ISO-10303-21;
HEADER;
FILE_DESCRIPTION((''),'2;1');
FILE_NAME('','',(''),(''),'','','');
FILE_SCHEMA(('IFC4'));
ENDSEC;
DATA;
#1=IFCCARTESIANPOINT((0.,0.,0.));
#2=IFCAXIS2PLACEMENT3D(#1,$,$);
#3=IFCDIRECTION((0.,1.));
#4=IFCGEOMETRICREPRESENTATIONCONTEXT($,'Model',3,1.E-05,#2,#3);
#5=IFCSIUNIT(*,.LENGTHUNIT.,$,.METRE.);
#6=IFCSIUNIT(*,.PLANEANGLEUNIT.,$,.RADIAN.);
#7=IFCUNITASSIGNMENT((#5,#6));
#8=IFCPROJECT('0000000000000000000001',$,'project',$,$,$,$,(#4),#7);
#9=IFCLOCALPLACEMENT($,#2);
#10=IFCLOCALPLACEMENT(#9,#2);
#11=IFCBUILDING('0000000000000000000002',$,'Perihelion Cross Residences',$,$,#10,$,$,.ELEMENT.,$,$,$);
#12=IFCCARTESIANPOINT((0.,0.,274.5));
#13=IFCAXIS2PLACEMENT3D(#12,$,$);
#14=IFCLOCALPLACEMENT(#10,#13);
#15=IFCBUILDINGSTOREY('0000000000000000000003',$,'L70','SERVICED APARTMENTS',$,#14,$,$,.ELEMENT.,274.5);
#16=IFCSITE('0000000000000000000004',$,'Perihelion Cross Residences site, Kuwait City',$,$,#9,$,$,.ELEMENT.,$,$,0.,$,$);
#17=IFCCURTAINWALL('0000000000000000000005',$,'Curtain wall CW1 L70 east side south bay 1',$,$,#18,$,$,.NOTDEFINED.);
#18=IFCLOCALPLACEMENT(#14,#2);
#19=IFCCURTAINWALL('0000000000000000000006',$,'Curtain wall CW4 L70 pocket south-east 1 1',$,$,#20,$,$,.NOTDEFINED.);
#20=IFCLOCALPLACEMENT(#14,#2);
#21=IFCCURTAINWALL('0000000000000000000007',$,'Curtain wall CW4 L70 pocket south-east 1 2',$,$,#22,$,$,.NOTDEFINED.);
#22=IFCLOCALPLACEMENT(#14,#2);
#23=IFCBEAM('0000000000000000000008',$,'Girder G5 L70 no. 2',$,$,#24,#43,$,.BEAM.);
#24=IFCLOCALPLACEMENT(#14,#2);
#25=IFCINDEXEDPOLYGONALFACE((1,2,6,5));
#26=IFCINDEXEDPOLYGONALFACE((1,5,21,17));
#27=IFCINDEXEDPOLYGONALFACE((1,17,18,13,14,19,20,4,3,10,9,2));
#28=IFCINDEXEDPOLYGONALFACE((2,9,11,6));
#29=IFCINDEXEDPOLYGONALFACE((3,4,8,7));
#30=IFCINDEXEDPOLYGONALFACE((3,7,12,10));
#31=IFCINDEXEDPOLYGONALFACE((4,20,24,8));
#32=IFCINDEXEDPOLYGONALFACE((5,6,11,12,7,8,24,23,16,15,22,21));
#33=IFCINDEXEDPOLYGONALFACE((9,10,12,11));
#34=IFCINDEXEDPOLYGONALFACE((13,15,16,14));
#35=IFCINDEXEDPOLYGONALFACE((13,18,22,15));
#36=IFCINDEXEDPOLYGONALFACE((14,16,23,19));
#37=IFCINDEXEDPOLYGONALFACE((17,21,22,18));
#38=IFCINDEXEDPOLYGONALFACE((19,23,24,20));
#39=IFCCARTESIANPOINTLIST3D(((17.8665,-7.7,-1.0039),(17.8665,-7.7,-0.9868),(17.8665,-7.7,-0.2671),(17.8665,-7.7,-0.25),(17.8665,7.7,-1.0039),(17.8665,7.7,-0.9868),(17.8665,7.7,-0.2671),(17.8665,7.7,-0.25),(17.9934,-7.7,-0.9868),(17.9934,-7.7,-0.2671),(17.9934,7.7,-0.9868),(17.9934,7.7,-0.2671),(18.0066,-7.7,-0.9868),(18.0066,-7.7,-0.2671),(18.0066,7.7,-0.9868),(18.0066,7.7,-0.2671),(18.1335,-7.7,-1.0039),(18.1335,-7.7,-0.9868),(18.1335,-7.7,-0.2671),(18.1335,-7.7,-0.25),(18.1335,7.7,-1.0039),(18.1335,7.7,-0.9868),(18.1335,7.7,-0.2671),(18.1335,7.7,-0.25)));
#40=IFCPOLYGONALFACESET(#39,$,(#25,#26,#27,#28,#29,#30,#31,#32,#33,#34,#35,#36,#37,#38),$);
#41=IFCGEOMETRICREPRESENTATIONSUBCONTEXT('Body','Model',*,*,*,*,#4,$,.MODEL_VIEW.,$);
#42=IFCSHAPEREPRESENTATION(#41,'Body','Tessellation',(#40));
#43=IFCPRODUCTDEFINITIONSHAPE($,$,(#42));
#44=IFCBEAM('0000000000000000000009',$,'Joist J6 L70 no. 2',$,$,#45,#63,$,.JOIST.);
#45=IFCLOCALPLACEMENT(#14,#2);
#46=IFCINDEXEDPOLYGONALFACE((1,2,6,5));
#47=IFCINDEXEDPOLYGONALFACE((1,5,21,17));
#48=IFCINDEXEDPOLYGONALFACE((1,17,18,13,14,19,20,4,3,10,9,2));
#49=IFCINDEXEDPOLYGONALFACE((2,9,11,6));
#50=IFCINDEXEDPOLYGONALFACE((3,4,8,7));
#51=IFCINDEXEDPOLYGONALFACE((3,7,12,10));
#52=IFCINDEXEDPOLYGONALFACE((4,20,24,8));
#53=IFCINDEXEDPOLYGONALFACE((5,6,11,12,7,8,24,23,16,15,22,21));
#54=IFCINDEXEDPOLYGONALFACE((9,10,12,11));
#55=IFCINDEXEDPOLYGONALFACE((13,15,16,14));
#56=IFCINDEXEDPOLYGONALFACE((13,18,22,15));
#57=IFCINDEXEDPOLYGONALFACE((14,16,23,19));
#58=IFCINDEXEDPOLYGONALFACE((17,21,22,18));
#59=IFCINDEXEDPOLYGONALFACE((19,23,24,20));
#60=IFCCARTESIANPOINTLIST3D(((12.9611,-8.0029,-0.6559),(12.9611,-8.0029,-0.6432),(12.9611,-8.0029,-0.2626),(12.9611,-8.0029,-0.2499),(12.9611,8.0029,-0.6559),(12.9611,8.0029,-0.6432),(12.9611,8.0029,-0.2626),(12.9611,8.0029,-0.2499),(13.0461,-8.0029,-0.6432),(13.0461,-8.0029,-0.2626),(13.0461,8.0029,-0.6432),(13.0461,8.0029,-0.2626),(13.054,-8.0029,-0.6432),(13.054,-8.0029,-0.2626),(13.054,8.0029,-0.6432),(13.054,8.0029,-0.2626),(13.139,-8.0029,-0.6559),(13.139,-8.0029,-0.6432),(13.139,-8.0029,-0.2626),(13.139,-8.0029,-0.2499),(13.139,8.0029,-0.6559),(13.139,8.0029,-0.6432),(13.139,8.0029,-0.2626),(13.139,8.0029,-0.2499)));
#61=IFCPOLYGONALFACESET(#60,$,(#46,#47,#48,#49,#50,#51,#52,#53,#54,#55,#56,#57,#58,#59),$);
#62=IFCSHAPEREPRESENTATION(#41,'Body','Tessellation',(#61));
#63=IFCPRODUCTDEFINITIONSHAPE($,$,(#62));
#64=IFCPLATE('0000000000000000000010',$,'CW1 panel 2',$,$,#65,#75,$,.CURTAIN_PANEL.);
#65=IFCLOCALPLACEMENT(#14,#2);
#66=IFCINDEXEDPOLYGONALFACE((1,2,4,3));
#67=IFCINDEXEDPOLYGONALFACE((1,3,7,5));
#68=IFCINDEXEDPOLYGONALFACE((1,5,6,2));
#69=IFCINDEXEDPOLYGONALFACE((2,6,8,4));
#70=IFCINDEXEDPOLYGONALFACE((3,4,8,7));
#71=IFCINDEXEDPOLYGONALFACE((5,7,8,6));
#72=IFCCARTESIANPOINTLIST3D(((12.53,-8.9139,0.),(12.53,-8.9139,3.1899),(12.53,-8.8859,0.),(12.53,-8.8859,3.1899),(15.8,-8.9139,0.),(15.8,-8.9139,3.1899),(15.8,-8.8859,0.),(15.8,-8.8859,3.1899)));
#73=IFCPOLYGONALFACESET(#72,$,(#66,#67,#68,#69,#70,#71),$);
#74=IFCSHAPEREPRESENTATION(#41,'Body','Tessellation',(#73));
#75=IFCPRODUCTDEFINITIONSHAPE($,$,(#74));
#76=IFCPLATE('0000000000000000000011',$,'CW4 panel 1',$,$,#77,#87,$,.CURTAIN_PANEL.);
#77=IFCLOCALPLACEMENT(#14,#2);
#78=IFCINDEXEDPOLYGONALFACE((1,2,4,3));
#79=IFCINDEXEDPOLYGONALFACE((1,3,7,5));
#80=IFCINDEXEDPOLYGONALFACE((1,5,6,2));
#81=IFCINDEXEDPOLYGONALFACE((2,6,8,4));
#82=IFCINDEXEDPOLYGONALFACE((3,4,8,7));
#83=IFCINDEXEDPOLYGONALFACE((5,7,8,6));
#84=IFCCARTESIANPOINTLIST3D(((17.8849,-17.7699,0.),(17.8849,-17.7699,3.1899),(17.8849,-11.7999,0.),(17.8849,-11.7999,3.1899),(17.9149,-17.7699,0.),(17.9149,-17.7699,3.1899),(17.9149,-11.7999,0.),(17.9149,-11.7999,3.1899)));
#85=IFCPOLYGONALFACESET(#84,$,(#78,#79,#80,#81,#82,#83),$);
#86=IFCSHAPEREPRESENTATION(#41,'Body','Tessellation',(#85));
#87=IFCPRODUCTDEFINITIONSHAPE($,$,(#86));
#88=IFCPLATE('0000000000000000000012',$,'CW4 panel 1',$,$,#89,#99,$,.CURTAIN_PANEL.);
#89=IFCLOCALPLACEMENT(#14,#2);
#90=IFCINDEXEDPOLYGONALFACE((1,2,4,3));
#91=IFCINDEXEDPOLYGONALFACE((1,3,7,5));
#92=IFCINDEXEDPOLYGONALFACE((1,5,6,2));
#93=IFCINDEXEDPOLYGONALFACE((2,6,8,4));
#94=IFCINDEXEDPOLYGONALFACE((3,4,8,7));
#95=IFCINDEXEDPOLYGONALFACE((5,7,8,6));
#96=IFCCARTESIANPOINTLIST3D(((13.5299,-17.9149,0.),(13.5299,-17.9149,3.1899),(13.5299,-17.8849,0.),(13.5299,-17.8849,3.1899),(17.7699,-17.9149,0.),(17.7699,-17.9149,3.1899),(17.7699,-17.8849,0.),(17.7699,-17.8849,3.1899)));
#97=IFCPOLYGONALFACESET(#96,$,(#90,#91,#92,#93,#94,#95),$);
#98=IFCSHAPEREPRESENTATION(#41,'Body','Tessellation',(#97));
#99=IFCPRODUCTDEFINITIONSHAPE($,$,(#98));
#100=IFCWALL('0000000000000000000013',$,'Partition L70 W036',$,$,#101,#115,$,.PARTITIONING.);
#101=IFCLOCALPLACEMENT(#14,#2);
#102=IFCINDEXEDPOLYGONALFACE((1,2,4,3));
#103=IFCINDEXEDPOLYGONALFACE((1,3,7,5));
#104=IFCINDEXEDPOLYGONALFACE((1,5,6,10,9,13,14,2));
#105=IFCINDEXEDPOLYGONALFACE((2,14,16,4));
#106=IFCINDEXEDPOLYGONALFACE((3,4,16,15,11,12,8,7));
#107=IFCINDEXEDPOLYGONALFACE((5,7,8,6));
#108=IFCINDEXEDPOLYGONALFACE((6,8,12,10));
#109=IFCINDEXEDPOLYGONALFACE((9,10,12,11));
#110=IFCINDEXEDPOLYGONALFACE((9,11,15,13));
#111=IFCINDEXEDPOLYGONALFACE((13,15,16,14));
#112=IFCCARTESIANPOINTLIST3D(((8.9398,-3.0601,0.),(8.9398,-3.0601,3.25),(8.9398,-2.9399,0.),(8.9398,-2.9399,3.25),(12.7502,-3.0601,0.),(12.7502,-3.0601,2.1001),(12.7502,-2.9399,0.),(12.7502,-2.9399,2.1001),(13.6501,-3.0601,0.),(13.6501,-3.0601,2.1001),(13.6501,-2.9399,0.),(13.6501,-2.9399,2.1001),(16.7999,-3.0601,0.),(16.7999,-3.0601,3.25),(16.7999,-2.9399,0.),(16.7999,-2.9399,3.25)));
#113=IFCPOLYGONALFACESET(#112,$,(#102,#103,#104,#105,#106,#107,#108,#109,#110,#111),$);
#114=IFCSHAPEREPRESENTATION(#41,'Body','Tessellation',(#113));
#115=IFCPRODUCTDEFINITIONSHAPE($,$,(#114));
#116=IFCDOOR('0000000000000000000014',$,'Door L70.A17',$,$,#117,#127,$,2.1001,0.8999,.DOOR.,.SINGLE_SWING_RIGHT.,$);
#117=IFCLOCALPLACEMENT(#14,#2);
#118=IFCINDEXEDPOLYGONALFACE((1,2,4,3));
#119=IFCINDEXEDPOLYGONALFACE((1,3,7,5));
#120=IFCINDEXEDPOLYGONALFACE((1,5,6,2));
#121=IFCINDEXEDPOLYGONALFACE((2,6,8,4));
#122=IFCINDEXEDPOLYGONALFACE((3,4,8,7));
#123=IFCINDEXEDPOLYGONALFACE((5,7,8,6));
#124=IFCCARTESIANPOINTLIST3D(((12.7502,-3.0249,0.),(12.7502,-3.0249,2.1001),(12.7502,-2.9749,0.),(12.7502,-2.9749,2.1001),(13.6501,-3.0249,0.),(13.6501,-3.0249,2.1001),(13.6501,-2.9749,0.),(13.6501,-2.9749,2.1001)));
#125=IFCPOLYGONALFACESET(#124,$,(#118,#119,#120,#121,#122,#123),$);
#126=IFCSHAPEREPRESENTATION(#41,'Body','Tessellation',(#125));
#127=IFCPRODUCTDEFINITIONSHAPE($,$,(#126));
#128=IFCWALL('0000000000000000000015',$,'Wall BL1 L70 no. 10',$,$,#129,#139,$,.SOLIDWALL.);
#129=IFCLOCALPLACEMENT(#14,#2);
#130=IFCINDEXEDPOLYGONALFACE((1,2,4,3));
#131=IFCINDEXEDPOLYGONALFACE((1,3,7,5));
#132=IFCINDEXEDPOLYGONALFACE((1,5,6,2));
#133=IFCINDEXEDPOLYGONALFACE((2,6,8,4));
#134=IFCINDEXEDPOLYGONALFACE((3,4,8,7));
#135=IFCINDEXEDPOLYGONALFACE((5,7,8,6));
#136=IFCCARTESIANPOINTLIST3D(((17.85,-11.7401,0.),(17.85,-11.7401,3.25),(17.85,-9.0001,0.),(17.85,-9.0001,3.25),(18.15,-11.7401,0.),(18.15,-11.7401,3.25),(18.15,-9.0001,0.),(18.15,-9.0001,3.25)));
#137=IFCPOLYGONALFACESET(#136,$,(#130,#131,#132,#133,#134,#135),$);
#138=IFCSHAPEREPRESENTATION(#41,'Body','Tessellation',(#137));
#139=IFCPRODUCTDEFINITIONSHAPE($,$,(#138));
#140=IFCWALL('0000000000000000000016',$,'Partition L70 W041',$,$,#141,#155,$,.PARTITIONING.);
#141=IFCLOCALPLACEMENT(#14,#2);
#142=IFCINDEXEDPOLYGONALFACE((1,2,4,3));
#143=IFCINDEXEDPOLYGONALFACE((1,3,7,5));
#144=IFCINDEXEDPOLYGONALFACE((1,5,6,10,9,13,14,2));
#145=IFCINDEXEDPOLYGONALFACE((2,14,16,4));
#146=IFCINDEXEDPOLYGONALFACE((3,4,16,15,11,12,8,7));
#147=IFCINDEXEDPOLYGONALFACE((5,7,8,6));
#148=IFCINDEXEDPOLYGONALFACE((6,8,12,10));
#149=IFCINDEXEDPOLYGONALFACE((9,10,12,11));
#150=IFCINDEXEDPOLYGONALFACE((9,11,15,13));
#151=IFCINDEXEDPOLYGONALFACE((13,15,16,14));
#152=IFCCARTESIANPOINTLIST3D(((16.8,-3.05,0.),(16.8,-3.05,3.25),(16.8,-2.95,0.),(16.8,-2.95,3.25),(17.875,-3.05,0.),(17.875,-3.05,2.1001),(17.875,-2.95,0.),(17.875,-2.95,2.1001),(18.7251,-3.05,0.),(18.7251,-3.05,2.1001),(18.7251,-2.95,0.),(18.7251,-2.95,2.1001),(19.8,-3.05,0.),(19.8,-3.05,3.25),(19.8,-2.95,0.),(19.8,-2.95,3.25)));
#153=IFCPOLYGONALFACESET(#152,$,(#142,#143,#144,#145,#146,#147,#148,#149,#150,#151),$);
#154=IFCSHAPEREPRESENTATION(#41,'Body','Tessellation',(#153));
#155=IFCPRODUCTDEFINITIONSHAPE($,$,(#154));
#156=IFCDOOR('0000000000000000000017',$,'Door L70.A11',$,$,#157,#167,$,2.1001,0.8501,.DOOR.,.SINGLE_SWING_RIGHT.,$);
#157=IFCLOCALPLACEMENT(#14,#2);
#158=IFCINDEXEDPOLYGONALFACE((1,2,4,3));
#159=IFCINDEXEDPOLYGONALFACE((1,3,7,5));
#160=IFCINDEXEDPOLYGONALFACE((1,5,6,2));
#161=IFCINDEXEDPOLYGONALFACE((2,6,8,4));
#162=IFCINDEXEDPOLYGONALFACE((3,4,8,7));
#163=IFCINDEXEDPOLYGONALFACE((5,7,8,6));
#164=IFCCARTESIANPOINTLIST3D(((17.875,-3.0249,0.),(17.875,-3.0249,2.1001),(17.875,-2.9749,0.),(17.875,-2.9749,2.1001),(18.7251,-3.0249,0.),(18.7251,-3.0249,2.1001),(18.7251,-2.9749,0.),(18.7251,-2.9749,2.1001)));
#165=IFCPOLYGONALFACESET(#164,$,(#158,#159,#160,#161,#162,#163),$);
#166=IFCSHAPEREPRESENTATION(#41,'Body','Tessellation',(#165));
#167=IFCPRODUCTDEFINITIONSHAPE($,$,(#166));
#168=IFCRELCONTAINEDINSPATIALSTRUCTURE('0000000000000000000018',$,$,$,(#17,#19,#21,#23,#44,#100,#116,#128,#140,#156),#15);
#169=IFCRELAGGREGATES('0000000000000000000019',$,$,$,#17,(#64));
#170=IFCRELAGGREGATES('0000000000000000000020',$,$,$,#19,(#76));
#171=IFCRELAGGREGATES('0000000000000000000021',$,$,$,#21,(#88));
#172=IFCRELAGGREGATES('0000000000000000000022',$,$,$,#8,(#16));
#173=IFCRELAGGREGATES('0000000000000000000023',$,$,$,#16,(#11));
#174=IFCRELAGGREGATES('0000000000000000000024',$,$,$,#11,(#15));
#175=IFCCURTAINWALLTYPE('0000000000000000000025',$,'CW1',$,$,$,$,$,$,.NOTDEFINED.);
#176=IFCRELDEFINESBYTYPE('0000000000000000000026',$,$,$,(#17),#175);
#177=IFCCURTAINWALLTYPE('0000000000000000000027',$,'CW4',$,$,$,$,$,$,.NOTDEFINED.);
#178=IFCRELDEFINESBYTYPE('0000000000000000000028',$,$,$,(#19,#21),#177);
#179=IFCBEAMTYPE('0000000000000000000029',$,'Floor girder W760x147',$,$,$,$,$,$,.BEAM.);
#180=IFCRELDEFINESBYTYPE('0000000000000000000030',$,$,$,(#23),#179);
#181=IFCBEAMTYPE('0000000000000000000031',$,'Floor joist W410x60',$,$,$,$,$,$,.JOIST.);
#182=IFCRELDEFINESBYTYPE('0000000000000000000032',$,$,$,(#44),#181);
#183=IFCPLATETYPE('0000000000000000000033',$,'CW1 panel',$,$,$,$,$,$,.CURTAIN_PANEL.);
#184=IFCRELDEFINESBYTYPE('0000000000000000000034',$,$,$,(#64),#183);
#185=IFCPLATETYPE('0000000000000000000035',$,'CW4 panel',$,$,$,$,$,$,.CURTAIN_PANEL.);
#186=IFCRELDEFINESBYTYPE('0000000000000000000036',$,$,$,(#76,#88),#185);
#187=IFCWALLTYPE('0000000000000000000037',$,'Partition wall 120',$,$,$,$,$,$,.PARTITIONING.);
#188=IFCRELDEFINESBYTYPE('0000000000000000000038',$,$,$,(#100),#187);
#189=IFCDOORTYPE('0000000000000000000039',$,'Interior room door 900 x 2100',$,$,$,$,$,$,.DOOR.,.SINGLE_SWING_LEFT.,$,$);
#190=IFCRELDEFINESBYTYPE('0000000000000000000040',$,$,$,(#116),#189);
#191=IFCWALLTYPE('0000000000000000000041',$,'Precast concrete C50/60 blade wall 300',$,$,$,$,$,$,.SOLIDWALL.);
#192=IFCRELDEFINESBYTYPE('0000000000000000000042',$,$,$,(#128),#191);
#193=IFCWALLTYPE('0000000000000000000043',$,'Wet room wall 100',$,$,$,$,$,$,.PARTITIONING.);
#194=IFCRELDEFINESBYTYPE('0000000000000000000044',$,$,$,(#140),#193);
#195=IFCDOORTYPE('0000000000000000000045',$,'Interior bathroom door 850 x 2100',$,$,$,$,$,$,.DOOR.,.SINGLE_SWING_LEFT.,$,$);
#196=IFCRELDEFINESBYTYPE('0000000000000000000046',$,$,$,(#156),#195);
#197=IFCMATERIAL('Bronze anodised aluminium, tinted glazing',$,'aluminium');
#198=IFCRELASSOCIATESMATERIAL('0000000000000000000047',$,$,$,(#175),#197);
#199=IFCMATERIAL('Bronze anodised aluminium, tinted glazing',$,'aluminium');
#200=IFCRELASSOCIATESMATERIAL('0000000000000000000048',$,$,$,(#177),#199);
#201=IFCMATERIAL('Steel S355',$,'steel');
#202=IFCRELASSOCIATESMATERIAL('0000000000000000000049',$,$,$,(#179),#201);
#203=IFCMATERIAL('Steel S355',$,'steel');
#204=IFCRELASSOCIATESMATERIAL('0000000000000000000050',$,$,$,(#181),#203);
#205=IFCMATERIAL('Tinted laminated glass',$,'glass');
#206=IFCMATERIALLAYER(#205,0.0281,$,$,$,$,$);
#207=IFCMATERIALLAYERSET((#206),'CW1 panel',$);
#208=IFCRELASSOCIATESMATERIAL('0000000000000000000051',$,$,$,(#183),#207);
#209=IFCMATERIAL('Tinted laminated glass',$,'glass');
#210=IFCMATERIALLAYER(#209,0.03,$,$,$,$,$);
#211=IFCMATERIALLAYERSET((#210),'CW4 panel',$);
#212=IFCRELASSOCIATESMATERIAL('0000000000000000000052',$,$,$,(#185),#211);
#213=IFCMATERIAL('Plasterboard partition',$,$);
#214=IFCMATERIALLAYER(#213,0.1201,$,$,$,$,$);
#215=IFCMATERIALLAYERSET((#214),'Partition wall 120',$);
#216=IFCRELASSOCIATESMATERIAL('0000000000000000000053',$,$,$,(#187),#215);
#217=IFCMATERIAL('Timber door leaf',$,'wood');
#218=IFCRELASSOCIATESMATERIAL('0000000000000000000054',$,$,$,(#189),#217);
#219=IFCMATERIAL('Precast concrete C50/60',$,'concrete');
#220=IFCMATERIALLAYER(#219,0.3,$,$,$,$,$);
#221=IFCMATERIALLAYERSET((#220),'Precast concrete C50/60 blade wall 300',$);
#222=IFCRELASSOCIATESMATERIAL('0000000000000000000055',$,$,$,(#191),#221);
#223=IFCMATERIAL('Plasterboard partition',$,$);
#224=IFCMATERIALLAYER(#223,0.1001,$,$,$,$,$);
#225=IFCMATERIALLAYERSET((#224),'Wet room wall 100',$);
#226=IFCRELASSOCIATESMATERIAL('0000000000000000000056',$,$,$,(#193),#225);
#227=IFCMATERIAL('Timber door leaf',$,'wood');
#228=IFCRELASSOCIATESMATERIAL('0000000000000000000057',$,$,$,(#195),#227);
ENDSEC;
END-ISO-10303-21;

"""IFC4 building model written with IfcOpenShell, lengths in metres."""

from ifc_helpers import new_model, si_unit, direction, frame, frame_2d, origin, origin_2d, place, context, subcontext, project, spatial, rectangle, i_section, extrude, material, layer, layer_set, material_profile, profile_set, type_object, element, fill, aggregate, save


model = new_model("IFC4")

# Units and contexts
model_context = context("Model", 3, precision=1e-05, world=origin(), true_north=direction((0.0, 1.0)))
body_context = subcontext(model_context, "Body", "Model", "MODEL_VIEW")
ifc_project = project(units=[si_unit("LENGTHUNIT", "METRE"), si_unit("PLANEANGLEUNIT", "RADIAN")], contexts=[model_context])

# Site, building, storey
site_placement = place(None, origin())
site = spatial("IfcSite", under=ifc_project, at=site_placement, Name="Perihelion Cross Residences site, Kuwait City", CompositionType="ELEMENT", RefElevation=0.0)
building_placement = place(site_placement, origin())
building = spatial("IfcBuilding", under=site, at=building_placement, Name="Perihelion Cross Residences", CompositionType="ELEMENT")
storey_placement = place(building_placement, frame((0.0, 0.0, 274.5)))
storey = spatial("IfcBuildingStorey", under=building, at=storey_placement, Name="L70", Description="SERVICED APARTMENTS", CompositionType="ELEMENT", Elevation=274.5)

# Curtain wall
ifc_material_1 = material(Name="Bronze anodised aluminium, tinted glazing", Category="aluminium")
curtain_wall_type_1 = type_object("IfcCurtainWallType", Name="CW1", PredefinedType="NOTDEFINED", material=ifc_material_1)
curtain_wall_1_placement = place(storey_placement, origin())
curtain_wall_1 = element("IfcCurtainWall", 1, at=curtain_wall_1_placement, inside=storey, type_object=curtain_wall_type_1, Name="Curtain wall CW1 L70 east side south bay 1", PredefinedType="NOTDEFINED")

# Curtain walls
ifc_material_2 = material(Name="Bronze anodised aluminium, tinted glazing", Category="aluminium")
curtain_wall_type_2 = type_object("IfcCurtainWallType", Name="CW4", PredefinedType="NOTDEFINED", material=ifc_material_2)
curtain_wall_2_placement = place(storey_placement, origin())
curtain_wall_2 = element("IfcCurtainWall", 2, at=curtain_wall_2_placement, inside=storey, type_object=curtain_wall_type_2, Name="Curtain wall CW4 L70 pocket south-east 1 1", PredefinedType="NOTDEFINED")
curtain_wall_3_placement = place(storey_placement, origin())
curtain_wall_3 = element("IfcCurtainWall", 3, at=curtain_wall_3_placement, inside=storey, type_object=curtain_wall_type_2, Name="Curtain wall CW4 L70 pocket south-east 1 2", PredefinedType="NOTDEFINED")

# Beams
ifc_material_3 = material(Name="Steel S355", Category="steel")
ifc_material_profile_1 = material_profile(ifc_material_3, i_section(OverallWidth=0.2671, OverallDepth=0.7539, WebThickness=0.0132, FlangeThickness=0.0171, at=origin_2d()), Name="W760x147")
ifc_profile_set_1 = profile_set([ifc_material_profile_1], Name="Steel S355")
beam_type_1 = type_object("IfcBeamType", Name="Floor girder W760x147", PredefinedType="BEAM", material=ifc_profile_set_1)
beam_1_placement = place(storey_placement, frame((18.0, -7.7, -0.627), z_axis=(0.0, 1.0, 0.0), x_axis=(-1.0, 0.0, 0.0)))
element("IfcBeam", 4, at=beam_1_placement, inside=storey, type_object=beam_type_1, Name="Girder G5 L70 no. 2", PredefinedType="BEAM", context=body_context, shape_type="SweptSolid", body=[
    extrude(i_section(OverallWidth=0.2671, OverallDepth=0.7539, WebThickness=0.0132, FlangeThickness=0.0171, at=origin_2d()), origin(), (0.0, 0.0, 1.0), 15.3999),
])
ifc_material_4 = material(Name="Steel S355", Category="steel")
ifc_material_profile_2 = material_profile(ifc_material_4, i_section(OverallWidth=0.178, OverallDepth=0.406, WebThickness=0.0078, FlangeThickness=0.0127, at=origin_2d()), Name="W410x60")
ifc_profile_set_2 = profile_set([ifc_material_profile_2], Name="Steel S355")
beam_type_2 = type_object("IfcBeamType", Name="Floor joist W410x60", PredefinedType="JOIST", material=ifc_profile_set_2)
beam_2_placement = place(storey_placement, frame((13.05, -8.0029, -0.4529), z_axis=(0.0, 1.0, 0.0), x_axis=(-1.0, 0.0, 0.0)))
element("IfcBeam", 5, at=beam_2_placement, inside=storey, type_object=beam_type_2, Name="Joist J6 L70 no. 2", PredefinedType="JOIST", context=body_context, shape_type="SweptSolid", body=[
    extrude(i_section(OverallWidth=0.178, OverallDepth=0.406, WebThickness=0.0078, FlangeThickness=0.0127, at=origin_2d()), origin(), (0.0, 0.0, 1.0), 16.0059),
])

# Plates
ifc_material_5 = material(Name="Tinted laminated glass", Category="glass")
ifc_layer_1 = layer(ifc_material_5, 0.0281)
ifc_layer_set_1 = layer_set([ifc_layer_1], Name="CW1 panel")
plate_type_1 = type_object("IfcPlateType", Name="CW1 panel", PredefinedType="CURTAIN_PANEL", material=ifc_layer_set_1)
plate_1_placement = place(storey_placement, frame((14.165, -8.8999, 0.0), z_axis=(0.0, 0.0, 1.0), x_axis=(1.0, 0.0, 0.0)))
plate_1 = element("IfcPlate", 6, at=plate_1_placement, type_object=plate_type_1, Name="CW1 panel 2", PredefinedType="CURTAIN_PANEL", context=body_context, shape_type="SweptSolid", body=[
    extrude(rectangle(XDim=3.27, YDim=0.0281, at=origin_2d()), origin(), (0.0, 0.0, 1.0), 3.1899),
])
aggregate(curtain_wall_1, [plate_1])
ifc_material_6 = material(Name="Tinted laminated glass", Category="glass")
ifc_layer_2 = layer(ifc_material_6, 0.03)
ifc_layer_set_2 = layer_set([ifc_layer_2], Name="CW4 panel")
plate_type_2 = type_object("IfcPlateType", Name="CW4 panel", PredefinedType="CURTAIN_PANEL", material=ifc_layer_set_2)
plate_2_placement = place(storey_placement, frame((17.8999, -14.7849, 0.0), z_axis=(0.0, 0.0, 1.0), x_axis=(0.0, -1.0, 0.0)))
plate_2 = element("IfcPlate", 7, at=plate_2_placement, type_object=plate_type_2, Name="CW4 panel 1", PredefinedType="CURTAIN_PANEL", context=body_context, shape_type="SweptSolid", body=[
    extrude(rectangle(XDim=5.97, YDim=0.03, at=origin_2d()), origin(), (0.0, 0.0, 1.0), 3.1899),
])
aggregate(curtain_wall_2, [plate_2])
plate_3_placement = place(storey_placement, frame((15.6499, -17.8999, 0.0), z_axis=(0.0, 0.0, 1.0), x_axis=(-1.0, 0.0, 0.0)))
plate_3 = element("IfcPlate", 8, at=plate_3_placement, type_object=plate_type_2, Name="CW4 panel 1", PredefinedType="CURTAIN_PANEL", context=body_context, shape_type="SweptSolid", body=[
    extrude(rectangle(XDim=4.24, YDim=0.03, at=origin_2d()), origin(), (0.0, 0.0, 1.0), 3.1899),
])
aggregate(curtain_wall_3, [plate_3])

# Wall, opening, door
ifc_material_7 = material(Name="Plasterboard partition")
ifc_layer_3 = layer(ifc_material_7, 0.1201)
ifc_layer_set_3 = layer_set([ifc_layer_3], Name="Partition wall 120")
wall_type_1 = type_object("IfcWallType", Name="Partition wall 120", PredefinedType="PARTITIONING", material=ifc_layer_set_3)
wall_1_placement = place(storey_placement, frame((16.8, -3.0, 0.0), z_axis=(0.0, 0.0, 1.0), x_axis=(-1.0, 0.0, 0.0)))
wall_1 = element("IfcWall", 9, at=wall_1_placement, inside=storey, type_object=wall_type_1, Name="Partition L70 W036", PredefinedType="PARTITIONING", context=body_context, shape_type="SweptSolid", body=[
    extrude(rectangle(XDim=7.8601, YDim=0.1201, at=frame_2d((3.9302, 0.0))), origin(), (0.0, 0.0, 1.0), 3.25),
])
opening_1_placement = place(wall_1_placement, frame((3.1499, 0.0, 0.0)))
opening_1 = element("IfcOpeningElement", 10, at=opening_1_placement, cuts=wall_1, PredefinedType="OPENING", context=body_context, shape_type="SweptSolid", body=[
    extrude(rectangle(XDim=0.8999, YDim=2.1001, at=frame_2d((0.45, 1.05))), frame((0.0, 0.0701, 0.0), z_axis=(0.0, -1.0, 0.0), x_axis=(1.0, 0.0, 0.0)), (0.0, 0.0, 1.0), 0.1401),
])
ifc_material_8 = material(Name="Timber door leaf", Category="wood")
door_type_1 = type_object("IfcDoorType", Name="Interior room door 900 x 2100", OperationType="SINGLE_SWING_LEFT", PredefinedType="DOOR", material=ifc_material_8)
door_1_placement = place(opening_1_placement, origin())
door_1 = element("IfcDoor", 11, at=door_1_placement, inside=storey, type_object=door_type_1, Name="Door L70.A17", OperationType="SINGLE_SWING_RIGHT", OverallHeight=2.1001, OverallWidth=0.8999, PredefinedType="DOOR", context=body_context, shape_type="SweptSolid", body=[
    extrude(rectangle(XDim=0.8999, YDim=2.1001, at=frame_2d((0.45, 1.05))), frame((0.0, 0.0249, 0.0), z_axis=(0.0, -1.0, 0.0), x_axis=(1.0, 0.0, 0.0)), (0.0, 0.0, 1.0), 0.05),
])
fill(opening_1, door_1)

# Wall
ifc_material_9 = material(Name="Precast concrete C50/60", Category="concrete")
ifc_layer_4 = layer(ifc_material_9, 0.3)
ifc_layer_set_4 = layer_set([ifc_layer_4], Name="Precast concrete C50/60 blade wall 300")
wall_type_2 = type_object("IfcWallType", Name="Precast concrete C50/60 blade wall 300", PredefinedType="SOLIDWALL", material=ifc_layer_set_4)
wall_2_placement = place(storey_placement, frame((18.0, -9.0, 0.0), z_axis=(0.0, 0.0, 1.0), x_axis=(0.0, -1.0, 0.0)))
element("IfcWall", 12, at=wall_2_placement, inside=storey, type_object=wall_type_2, Name="Wall BL1 L70 no. 10", PredefinedType="SOLIDWALL", context=body_context, shape_type="SweptSolid", body=[
    extrude(rectangle(XDim=2.74, YDim=0.3, at=frame_2d((1.3701, 0.0))), origin(), (0.0, 0.0, 1.0), 3.25),
])

# Wall, opening, door
ifc_material_10 = material(Name="Plasterboard partition")
ifc_layer_5 = layer(ifc_material_10, 0.1001)
ifc_layer_set_5 = layer_set([ifc_layer_5], Name="Wet room wall 100")
wall_type_3 = type_object("IfcWallType", Name="Wet room wall 100", PredefinedType="PARTITIONING", material=ifc_layer_set_5)
wall_3_placement = place(storey_placement, frame((19.8, -3.0, 0.0), z_axis=(0.0, 0.0, 1.0), x_axis=(-1.0, 0.0, 0.0)))
wall_3 = element("IfcWall", 13, at=wall_3_placement, inside=storey, type_object=wall_type_3, Name="Partition L70 W041", PredefinedType="PARTITIONING", context=body_context, shape_type="SweptSolid", body=[
    extrude(rectangle(XDim=3.0, YDim=0.1001, at=frame_2d((1.5, 0.0))), origin(), (0.0, 0.0, 1.0), 3.25),
])
opening_2_placement = place(wall_3_placement, frame((1.075, 0.0, 0.0)))
opening_2 = element("IfcOpeningElement", 14, at=opening_2_placement, cuts=wall_3, PredefinedType="OPENING", context=body_context, shape_type="SweptSolid", body=[
    extrude(rectangle(XDim=0.8501, YDim=2.1001, at=frame_2d((0.425, 1.05))), frame((0.0, 0.0601, 0.0), z_axis=(0.0, -1.0, 0.0), x_axis=(1.0, 0.0, 0.0)), (0.0, 0.0, 1.0), 0.1201),
])
ifc_material_11 = material(Name="Timber door leaf", Category="wood")
door_type_2 = type_object("IfcDoorType", Name="Interior bathroom door 850 x 2100", OperationType="SINGLE_SWING_LEFT", PredefinedType="DOOR", material=ifc_material_11)
door_2_placement = place(opening_2_placement, origin())
door_2 = element("IfcDoor", 15, at=door_2_placement, inside=storey, type_object=door_type_2, Name="Door L70.A11", OperationType="SINGLE_SWING_RIGHT", OverallHeight=2.1001, OverallWidth=0.8501, PredefinedType="DOOR", context=body_context, shape_type="SweptSolid", body=[
    extrude(rectangle(XDim=0.8501, YDim=2.1001, at=frame_2d((0.425, 1.05))), frame((0.0, 0.0249, 0.0), z_axis=(0.0, -1.0, 0.0), x_axis=(1.0, 0.0, 0.0)), (0.0, 0.0, 1.0), 0.05),
])
fill(opening_2, door_2)

save(model, "model.ifc")
